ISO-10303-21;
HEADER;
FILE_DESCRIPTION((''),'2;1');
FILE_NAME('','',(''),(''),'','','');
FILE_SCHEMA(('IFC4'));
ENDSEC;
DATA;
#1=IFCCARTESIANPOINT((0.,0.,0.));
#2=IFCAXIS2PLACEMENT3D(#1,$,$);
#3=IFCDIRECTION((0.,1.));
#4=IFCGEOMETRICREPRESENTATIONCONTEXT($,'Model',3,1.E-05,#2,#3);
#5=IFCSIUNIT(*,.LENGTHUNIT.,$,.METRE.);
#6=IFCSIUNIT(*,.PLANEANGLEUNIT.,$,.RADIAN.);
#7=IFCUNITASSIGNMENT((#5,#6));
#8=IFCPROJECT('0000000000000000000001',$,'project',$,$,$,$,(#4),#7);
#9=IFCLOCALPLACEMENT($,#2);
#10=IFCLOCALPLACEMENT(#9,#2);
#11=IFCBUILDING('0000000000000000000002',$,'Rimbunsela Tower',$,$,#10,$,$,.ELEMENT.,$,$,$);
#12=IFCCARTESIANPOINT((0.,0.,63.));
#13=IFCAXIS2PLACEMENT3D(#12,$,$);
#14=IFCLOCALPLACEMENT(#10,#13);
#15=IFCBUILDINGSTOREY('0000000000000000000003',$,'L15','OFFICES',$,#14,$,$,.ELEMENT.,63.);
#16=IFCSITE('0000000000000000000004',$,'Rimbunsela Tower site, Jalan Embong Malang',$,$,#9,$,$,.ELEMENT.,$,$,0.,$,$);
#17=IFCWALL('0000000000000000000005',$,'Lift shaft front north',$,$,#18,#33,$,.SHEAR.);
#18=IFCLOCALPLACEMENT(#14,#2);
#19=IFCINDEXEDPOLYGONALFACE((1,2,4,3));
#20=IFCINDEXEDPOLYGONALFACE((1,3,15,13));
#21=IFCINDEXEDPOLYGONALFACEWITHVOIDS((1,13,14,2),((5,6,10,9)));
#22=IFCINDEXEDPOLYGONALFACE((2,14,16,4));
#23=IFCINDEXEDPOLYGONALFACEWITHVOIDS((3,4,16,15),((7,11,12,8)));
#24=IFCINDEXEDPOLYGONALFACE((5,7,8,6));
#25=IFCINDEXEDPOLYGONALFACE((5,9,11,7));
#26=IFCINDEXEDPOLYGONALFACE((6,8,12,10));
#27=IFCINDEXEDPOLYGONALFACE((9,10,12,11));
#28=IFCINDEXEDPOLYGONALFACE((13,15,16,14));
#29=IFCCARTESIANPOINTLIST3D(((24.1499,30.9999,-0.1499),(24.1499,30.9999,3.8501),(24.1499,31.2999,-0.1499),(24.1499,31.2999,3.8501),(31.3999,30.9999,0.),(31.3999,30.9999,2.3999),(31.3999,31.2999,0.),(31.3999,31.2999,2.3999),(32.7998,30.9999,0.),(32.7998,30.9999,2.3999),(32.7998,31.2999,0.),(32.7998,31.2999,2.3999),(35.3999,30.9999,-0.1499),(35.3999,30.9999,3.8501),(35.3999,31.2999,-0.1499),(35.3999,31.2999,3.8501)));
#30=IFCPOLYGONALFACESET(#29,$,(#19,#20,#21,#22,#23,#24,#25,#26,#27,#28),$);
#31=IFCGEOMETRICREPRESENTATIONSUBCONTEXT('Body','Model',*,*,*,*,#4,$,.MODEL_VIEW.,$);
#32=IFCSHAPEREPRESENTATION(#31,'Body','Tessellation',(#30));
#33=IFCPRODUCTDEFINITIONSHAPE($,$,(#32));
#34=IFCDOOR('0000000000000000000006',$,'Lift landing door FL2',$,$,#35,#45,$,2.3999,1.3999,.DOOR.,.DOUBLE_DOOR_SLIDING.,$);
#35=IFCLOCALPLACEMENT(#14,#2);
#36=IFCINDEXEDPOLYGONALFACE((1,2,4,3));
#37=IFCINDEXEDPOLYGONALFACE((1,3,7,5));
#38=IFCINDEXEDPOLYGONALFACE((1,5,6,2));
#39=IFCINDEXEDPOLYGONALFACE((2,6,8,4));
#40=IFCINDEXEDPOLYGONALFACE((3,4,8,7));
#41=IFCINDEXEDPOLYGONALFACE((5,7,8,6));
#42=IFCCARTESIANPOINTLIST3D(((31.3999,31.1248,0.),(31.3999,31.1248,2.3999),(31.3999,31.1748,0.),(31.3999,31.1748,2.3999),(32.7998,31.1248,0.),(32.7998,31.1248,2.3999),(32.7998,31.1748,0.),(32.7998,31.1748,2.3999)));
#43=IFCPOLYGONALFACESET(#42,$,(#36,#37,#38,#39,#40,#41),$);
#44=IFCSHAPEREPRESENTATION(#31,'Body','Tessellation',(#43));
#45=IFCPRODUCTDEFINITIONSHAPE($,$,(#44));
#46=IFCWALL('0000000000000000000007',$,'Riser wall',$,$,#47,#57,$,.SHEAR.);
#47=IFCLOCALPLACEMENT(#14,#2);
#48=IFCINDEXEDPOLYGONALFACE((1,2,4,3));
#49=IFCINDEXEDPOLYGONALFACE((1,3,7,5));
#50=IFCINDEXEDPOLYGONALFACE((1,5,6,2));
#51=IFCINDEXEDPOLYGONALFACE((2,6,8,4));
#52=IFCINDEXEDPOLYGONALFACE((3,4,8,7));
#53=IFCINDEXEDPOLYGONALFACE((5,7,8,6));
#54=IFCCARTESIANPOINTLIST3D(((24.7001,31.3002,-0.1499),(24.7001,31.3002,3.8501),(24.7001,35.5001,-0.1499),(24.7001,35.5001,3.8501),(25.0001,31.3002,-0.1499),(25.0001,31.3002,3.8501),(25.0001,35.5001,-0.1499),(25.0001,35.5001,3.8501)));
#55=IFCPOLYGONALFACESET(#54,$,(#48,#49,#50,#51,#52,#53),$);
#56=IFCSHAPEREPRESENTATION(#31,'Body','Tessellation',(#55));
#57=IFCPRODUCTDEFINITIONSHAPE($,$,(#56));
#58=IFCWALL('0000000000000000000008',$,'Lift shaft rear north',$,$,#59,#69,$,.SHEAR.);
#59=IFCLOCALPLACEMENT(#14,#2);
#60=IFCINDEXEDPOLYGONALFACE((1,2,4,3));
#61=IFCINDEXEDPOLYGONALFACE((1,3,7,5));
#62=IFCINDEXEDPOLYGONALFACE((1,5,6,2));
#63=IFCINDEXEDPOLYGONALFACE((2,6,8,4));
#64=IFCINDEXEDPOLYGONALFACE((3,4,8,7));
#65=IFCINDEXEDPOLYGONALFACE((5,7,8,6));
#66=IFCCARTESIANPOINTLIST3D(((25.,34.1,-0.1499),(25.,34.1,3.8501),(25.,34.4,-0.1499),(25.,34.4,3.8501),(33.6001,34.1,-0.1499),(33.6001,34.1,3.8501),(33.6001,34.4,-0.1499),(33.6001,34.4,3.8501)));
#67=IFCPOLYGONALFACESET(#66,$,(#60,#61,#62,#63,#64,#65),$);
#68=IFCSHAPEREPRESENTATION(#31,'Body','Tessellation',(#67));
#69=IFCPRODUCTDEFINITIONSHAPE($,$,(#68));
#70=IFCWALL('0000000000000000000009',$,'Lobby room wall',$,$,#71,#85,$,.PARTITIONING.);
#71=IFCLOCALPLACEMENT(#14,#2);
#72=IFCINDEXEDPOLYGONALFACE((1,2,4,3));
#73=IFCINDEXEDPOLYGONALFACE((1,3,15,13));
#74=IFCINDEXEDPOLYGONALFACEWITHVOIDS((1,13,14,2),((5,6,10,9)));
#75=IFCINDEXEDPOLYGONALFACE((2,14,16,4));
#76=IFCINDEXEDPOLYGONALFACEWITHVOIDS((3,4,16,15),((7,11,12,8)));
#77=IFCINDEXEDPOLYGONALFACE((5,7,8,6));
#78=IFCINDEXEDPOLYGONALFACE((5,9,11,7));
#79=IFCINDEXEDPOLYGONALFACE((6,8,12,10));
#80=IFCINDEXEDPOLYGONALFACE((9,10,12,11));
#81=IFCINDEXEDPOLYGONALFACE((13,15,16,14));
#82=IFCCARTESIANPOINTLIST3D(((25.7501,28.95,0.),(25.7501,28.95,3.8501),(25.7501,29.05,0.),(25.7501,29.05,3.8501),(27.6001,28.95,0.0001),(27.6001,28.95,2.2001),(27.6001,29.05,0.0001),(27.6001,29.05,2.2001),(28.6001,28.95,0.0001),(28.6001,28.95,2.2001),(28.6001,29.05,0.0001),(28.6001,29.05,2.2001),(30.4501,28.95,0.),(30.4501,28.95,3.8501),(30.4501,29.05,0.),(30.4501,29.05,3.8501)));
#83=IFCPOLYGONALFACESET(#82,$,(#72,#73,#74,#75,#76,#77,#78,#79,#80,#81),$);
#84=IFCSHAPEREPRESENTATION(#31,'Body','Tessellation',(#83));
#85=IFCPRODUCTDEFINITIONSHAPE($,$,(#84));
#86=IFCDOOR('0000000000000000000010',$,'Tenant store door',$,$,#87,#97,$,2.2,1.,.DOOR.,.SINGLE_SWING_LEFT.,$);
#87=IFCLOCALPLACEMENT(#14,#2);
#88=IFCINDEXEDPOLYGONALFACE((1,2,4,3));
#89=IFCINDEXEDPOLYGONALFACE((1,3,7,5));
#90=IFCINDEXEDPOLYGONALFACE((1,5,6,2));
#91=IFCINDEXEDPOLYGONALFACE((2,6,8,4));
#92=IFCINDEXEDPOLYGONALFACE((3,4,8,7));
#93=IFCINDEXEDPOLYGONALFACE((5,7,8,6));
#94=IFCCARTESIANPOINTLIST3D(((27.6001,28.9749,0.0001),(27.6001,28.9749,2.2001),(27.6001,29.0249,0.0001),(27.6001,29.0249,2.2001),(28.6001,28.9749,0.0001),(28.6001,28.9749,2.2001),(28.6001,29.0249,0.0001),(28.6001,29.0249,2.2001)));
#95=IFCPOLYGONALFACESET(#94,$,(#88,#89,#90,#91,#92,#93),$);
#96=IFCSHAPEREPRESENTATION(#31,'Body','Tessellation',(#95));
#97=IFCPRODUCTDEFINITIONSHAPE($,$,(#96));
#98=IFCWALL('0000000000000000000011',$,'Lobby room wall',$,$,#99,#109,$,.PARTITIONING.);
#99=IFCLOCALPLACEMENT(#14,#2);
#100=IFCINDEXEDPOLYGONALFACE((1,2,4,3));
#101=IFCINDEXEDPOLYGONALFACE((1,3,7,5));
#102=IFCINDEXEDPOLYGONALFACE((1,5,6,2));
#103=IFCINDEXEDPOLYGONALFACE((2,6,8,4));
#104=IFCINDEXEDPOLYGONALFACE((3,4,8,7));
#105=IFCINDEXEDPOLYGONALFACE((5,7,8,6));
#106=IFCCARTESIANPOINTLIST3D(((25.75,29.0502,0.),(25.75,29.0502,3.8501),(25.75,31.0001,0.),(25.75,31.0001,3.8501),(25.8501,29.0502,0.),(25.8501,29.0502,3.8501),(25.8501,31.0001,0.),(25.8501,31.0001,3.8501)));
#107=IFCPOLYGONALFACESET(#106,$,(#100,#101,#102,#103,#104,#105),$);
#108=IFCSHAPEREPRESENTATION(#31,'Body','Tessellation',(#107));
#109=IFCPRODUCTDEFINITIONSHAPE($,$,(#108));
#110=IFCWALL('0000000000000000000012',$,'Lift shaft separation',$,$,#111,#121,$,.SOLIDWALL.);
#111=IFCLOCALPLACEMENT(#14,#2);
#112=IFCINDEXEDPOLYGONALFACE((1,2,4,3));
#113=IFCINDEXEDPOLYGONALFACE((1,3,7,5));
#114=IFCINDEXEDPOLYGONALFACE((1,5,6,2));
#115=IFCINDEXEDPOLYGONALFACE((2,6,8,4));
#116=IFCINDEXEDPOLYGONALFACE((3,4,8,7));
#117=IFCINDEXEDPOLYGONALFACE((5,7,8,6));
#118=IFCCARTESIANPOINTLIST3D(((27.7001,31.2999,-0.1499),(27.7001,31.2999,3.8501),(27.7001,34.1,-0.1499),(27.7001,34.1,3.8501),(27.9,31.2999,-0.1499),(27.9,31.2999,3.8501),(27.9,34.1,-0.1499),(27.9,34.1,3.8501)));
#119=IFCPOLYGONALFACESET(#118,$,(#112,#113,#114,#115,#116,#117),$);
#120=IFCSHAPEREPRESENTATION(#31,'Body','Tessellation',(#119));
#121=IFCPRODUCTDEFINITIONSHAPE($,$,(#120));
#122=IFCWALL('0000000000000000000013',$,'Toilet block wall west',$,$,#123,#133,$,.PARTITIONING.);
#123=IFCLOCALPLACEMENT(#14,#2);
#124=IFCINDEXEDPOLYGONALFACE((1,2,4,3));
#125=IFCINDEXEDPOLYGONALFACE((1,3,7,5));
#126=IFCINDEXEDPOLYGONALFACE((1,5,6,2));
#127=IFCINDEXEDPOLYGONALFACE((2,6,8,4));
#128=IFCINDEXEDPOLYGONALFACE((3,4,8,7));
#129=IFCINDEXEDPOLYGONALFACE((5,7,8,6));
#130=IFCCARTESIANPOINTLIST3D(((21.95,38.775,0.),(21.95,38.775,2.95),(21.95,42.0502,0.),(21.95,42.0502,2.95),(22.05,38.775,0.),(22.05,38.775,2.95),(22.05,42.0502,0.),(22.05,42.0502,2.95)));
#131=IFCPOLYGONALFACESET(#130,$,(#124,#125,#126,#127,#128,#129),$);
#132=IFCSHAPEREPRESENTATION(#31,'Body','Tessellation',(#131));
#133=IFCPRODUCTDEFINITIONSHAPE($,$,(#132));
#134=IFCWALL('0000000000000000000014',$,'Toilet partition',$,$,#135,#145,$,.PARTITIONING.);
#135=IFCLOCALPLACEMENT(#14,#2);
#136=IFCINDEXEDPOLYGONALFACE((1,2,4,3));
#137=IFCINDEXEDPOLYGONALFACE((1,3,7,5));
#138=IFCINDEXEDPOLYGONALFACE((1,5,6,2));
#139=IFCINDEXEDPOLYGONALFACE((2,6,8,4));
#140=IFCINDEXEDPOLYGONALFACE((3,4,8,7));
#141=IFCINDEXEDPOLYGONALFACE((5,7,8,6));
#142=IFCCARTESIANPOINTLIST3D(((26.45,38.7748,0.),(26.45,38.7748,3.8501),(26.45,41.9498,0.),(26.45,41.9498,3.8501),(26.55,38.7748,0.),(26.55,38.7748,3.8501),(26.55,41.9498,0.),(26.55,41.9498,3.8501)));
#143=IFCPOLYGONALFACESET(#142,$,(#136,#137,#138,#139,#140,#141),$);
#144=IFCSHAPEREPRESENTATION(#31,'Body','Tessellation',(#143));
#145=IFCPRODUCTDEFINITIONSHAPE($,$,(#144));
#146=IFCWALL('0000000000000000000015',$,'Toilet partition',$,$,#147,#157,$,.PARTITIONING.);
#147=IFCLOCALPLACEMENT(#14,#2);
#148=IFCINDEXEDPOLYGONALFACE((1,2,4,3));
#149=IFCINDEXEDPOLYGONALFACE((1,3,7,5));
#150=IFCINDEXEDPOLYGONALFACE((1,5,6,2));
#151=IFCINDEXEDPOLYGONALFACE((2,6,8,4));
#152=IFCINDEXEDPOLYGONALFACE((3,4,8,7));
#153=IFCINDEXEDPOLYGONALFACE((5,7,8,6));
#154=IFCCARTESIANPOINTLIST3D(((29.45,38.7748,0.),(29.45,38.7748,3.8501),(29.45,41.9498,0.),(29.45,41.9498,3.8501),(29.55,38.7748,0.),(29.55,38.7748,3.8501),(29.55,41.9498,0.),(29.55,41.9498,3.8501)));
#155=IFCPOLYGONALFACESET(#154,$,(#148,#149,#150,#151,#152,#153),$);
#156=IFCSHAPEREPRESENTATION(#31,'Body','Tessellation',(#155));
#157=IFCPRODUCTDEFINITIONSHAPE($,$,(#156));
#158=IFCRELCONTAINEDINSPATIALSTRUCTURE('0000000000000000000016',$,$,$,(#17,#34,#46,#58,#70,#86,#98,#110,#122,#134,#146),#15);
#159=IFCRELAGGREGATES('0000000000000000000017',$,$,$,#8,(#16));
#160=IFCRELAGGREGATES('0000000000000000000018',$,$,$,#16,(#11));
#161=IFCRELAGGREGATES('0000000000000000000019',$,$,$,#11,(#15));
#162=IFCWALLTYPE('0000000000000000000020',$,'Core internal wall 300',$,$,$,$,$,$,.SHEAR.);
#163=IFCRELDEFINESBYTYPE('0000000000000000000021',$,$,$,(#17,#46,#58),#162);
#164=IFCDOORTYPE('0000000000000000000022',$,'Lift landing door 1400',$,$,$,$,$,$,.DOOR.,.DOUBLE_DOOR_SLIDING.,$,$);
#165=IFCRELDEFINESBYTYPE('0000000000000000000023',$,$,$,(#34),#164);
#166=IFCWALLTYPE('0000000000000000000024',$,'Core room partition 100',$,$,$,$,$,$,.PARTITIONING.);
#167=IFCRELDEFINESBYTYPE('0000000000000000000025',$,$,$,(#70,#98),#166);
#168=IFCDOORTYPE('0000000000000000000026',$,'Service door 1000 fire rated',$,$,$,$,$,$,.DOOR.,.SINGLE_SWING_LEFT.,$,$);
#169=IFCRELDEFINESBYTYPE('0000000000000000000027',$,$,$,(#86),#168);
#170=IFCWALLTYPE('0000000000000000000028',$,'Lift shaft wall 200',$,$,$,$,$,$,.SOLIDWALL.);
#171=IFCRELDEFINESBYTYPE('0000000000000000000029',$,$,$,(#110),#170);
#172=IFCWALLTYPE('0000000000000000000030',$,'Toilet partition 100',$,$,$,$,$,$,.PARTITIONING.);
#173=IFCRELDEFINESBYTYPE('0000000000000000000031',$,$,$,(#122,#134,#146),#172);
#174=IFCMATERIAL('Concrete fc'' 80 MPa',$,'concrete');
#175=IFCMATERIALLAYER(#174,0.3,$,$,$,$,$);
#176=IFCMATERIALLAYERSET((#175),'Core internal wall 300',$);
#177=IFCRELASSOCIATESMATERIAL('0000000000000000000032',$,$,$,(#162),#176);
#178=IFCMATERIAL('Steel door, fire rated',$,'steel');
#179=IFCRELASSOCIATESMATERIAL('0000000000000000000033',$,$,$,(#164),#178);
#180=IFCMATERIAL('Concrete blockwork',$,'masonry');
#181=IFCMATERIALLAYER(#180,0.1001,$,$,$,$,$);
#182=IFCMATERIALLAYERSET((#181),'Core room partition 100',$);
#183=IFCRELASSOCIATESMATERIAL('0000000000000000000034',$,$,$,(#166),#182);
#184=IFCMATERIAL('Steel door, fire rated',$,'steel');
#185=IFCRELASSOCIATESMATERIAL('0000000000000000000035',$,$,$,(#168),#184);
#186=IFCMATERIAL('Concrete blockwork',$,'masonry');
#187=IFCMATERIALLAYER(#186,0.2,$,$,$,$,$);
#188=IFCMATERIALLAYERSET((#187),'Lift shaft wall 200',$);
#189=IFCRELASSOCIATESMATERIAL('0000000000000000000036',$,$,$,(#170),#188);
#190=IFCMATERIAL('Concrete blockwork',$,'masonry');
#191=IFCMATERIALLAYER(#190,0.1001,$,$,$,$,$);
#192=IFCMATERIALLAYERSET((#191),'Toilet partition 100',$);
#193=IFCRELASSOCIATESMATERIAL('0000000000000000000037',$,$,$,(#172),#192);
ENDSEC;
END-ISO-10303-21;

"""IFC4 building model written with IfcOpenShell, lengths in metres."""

from ifc_helpers import new_model, si_unit, direction, frame, frame_2d, origin, place, context, subcontext, project, spatial, rectangle, extrude, material, layer, layer_set, type_object, element, fill, save


model = new_model("IFC4")

# Units and contexts
model_context = context("Model", 3, precision=1e-05, world=origin(), true_north=direction((0.0, 1.0)))
body_context = subcontext(model_context, "Body", "Model", "MODEL_VIEW")
ifc_project = project(units=[si_unit("LENGTHUNIT", "METRE"), si_unit("PLANEANGLEUNIT", "RADIAN")], contexts=[model_context])

# Site, building, storey
site_placement = place(None, origin())
site = spatial("IfcSite", under=ifc_project, at=site_placement, Name="Rimbunsela Tower site, Jalan Embong Malang", CompositionType="ELEMENT", RefElevation=0.0)
building_placement = place(site_placement, origin())
building = spatial("IfcBuilding", under=site, at=building_placement, Name="Rimbunsela Tower", CompositionType="ELEMENT")
storey_placement = place(building_placement, frame((0.0, 0.0, 63.0)))
storey = spatial("IfcBuildingStorey", under=building, at=storey_placement, Name="L15", Description="OFFICES", CompositionType="ELEMENT", Elevation=63.0)

# Shared definitions
ifc_material_1 = material(Name="Concrete fc' 80 MPa", Category="concrete")
ifc_layer_1 = layer(ifc_material_1, 0.3)
ifc_layer_set_1 = layer_set([ifc_layer_1], Name="Core internal wall 300")
wall_type_1 = type_object("IfcWallType", Name="Core internal wall 300", PredefinedType="SHEAR", material=ifc_layer_set_1)

# Wall, opening, door
wall_1_placement = place(storey_placement, frame((24.1499, 31.1499, -0.1499), z_axis=(0.0, 0.0, 1.0), x_axis=(1.0, 0.0, 0.0)))
wall_1 = element("IfcWall", 1, at=wall_1_placement, inside=storey, type_object=wall_type_1, Name="Lift shaft front north", PredefinedType="SHEAR", context=body_context, shape_type="SweptSolid", body=[
    extrude(rectangle(XDim=11.25, YDim=0.3, at=frame_2d((5.625, 0.0))), origin(), (0.0, 0.0, 1.0), 4.0),
])
opening_1_placement = place(wall_1_placement, frame((7.25, 0.0, 0.1499)))
opening_1 = element("IfcOpeningElement", 2, at=opening_1_placement, cuts=wall_1, PredefinedType="OPENING", context=body_context, shape_type="SweptSolid", body=[
    extrude(rectangle(XDim=1.3999, YDim=2.3999, at=frame_2d((0.7, 1.2))), frame((0.0, 0.1599, 0.0), z_axis=(0.0, -1.0, 0.0), x_axis=(1.0, 0.0, 0.0)), (0.0, 0.0, 1.0), 0.3201),
])
ifc_material_2 = material(Name="Steel door, fire rated", Category="steel")
door_type_1 = type_object("IfcDoorType", Name="Lift landing door 1400", OperationType="DOUBLE_DOOR_SLIDING", PredefinedType="DOOR", material=ifc_material_2)
door_1_placement = place(opening_1_placement, origin())
door_1 = element("IfcDoor", 3, at=door_1_placement, inside=storey, type_object=door_type_1, Name="Lift landing door FL2", OperationType="DOUBLE_DOOR_SLIDING", OverallHeight=2.3999, OverallWidth=1.3999, PredefinedType="DOOR", context=body_context, shape_type="SweptSolid", body=[
    extrude(rectangle(XDim=1.3999, YDim=2.3999, at=frame_2d((0.7, 1.2))), frame((0.0, 0.0249, 0.0), z_axis=(0.0, -1.0, 0.0), x_axis=(1.0, 0.0, 0.0)), (0.0, 0.0, 1.0), 0.05),
])
fill(opening_1, door_1)

# Walls
wall_2_placement = place(storey_placement, frame((24.8501, 31.3, -0.1499), z_axis=(0.0, 0.0, 1.0), x_axis=(0.0, 1.0, 0.0)))
element("IfcWall", 4, at=wall_2_placement, inside=storey, type_object=wall_type_1, Name="Riser wall", PredefinedType="SHEAR", context=body_context, shape_type="SweptSolid", body=[
    extrude(rectangle(XDim=4.2, YDim=0.3, at=frame_2d((2.1001, 0.0))), origin(), (0.0, 0.0, 1.0), 4.0),
])
wall_3_placement = place(storey_placement, frame((25.0, 34.25, -0.1499), z_axis=(0.0, 0.0, 1.0), x_axis=(1.0, 0.0, 0.0)))
element("IfcWall", 5, at=wall_3_placement, inside=storey, type_object=wall_type_1, Name="Lift shaft rear north", PredefinedType="SHEAR", context=body_context, shape_type="SweptSolid", body=[
    extrude(rectangle(XDim=8.6001, YDim=0.3, at=frame_2d((4.3, 0.0))), origin(), (0.0, 0.0, 1.0), 4.0),
])

# Wall, opening, door
ifc_material_3 = material(Name="Concrete blockwork", Category="masonry")
ifc_layer_2 = layer(ifc_material_3, 0.1001)
ifc_layer_set_2 = layer_set([ifc_layer_2], Name="Core room partition 100")
wall_type_2 = type_object("IfcWallType", Name="Core room partition 100", PredefinedType="PARTITIONING", material=ifc_layer_set_2)
wall_4_placement = place(storey_placement, frame((25.75, 29.0, 0.0), z_axis=(0.0, 0.0, 1.0), x_axis=(1.0, 0.0, 0.0)))
wall_4 = element("IfcWall", 6, at=wall_4_placement, inside=storey, type_object=wall_type_2, Name="Lobby room wall", PredefinedType="PARTITIONING", context=body_context, shape_type="SweptSolid", body=[
    extrude(rectangle(XDim=4.7, YDim=0.1001, at=frame_2d((2.3501, 0.0))), origin(), (0.0, 0.0, 1.0), 3.8501),
])
opening_2_placement = place(wall_4_placement, frame((1.8501, 0.0, 0.0)))
opening_2 = element("IfcOpeningElement", 7, at=opening_2_placement, cuts=wall_4, PredefinedType="OPENING", context=body_context, shape_type="SweptSolid", body=[
    extrude(rectangle(XDim=1.0, YDim=2.2, at=frame_2d((0.5, 1.1001))), frame((0.0, 0.0601, 0.0), z_axis=(0.0, -1.0, 0.0), x_axis=(1.0, 0.0, 0.0)), (0.0, 0.0, 1.0), 0.1201),
])
ifc_material_4 = material(Name="Steel door, fire rated", Category="steel")
door_type_2 = type_object("IfcDoorType", Name="Service door 1000 fire rated", OperationType="SINGLE_SWING_LEFT", PredefinedType="DOOR", material=ifc_material_4)
door_2_placement = place(opening_2_placement, origin())
door_2 = element("IfcDoor", 8, at=door_2_placement, inside=storey, type_object=door_type_2, Name="Tenant store door", OperationType="SINGLE_SWING_LEFT", OverallHeight=2.2, OverallWidth=1.0, PredefinedType="DOOR", context=body_context, shape_type="SweptSolid", body=[
    extrude(rectangle(XDim=1.0, YDim=2.2, at=frame_2d((0.5, 1.1001))), frame((0.0, 0.0249, 0.0), z_axis=(0.0, -1.0, 0.0), x_axis=(1.0, 0.0, 0.0)), (0.0, 0.0, 1.0), 0.05),
])
fill(opening_2, door_2)

# Walls
wall_5_placement = place(storey_placement, frame((25.8, 29.05, 0.0), z_axis=(0.0, 0.0, 1.0), x_axis=(0.0, 1.0, 0.0)))
element("IfcWall", 9, at=wall_5_placement, inside=storey, type_object=wall_type_2, Name="Lobby room wall", PredefinedType="PARTITIONING", context=body_context, shape_type="SweptSolid", body=[
    extrude(rectangle(XDim=1.95, YDim=0.1001, at=frame_2d((0.9751, 0.0))), origin(), (0.0, 0.0, 1.0), 3.8501),
])
ifc_material_5 = material(Name="Concrete blockwork", Category="masonry")
ifc_layer_3 = layer(ifc_material_5, 0.2)
ifc_layer_set_3 = layer_set([ifc_layer_3], Name="Lift shaft wall 200")
wall_type_3 = type_object("IfcWallType", Name="Lift shaft wall 200", PredefinedType="SOLIDWALL", material=ifc_layer_set_3)
wall_6_placement = place(storey_placement, frame((27.8, 31.3, -0.1499), z_axis=(0.0, 0.0, 1.0), x_axis=(0.0, 1.0, 0.0)))
element("IfcWall", 10, at=wall_6_placement, inside=storey, type_object=wall_type_3, Name="Lift shaft separation", PredefinedType="SOLIDWALL", context=body_context, shape_type="SweptSolid", body=[
    extrude(rectangle(XDim=2.8, YDim=0.2, at=frame_2d((1.3999, 0.0))), origin(), (0.0, 0.0, 1.0), 4.0),
])
ifc_material_6 = material(Name="Concrete blockwork", Category="masonry")
ifc_layer_4 = layer(ifc_material_6, 0.1001)
ifc_layer_set_4 = layer_set([ifc_layer_4], Name="Toilet partition 100")
wall_type_4 = type_object("IfcWallType", Name="Toilet partition 100", PredefinedType="PARTITIONING", material=ifc_layer_set_4)
wall_7_placement = place(storey_placement, frame((22.0, 38.7749, 0.0), z_axis=(0.0, 0.0, 1.0), x_axis=(0.0, 1.0, 0.0)))
element("IfcWall", 11, at=wall_7_placement, inside=storey, type_object=wall_type_4, Name="Toilet block wall west", PredefinedType="PARTITIONING", context=body_context, shape_type="SweptSolid", body=[
    extrude(rectangle(XDim=3.2751, YDim=0.1001, at=frame_2d((1.6377, 0.0))), origin(), (0.0, 0.0, 1.0), 2.95),
])
for number, where, z_axis, x_axis, name in (
    (12, (26.5, 38.7749, 0.0), (0.0, 0.0, 1.0), (0.0, 1.0, 0.0), "Toilet partition"),
    (13, (29.5, 38.7749, 0.0), (0.0, 0.0, 1.0), (0.0, 1.0, 0.0), "Toilet partition"),
):
    element("IfcWall", number, at=place(storey_placement, frame(where, z_axis=z_axis, x_axis=x_axis)), inside=storey, type_object=wall_type_4, Name=name, PredefinedType="PARTITIONING", context=body_context, shape_type="SweptSolid", body=[
        extrude(rectangle(XDim=3.175, YDim=0.1001, at=frame_2d((1.5874, 0.0))), origin(), (0.0, 0.0, 1.0), 3.8501),
    ])

save(model, "model.ifc")
